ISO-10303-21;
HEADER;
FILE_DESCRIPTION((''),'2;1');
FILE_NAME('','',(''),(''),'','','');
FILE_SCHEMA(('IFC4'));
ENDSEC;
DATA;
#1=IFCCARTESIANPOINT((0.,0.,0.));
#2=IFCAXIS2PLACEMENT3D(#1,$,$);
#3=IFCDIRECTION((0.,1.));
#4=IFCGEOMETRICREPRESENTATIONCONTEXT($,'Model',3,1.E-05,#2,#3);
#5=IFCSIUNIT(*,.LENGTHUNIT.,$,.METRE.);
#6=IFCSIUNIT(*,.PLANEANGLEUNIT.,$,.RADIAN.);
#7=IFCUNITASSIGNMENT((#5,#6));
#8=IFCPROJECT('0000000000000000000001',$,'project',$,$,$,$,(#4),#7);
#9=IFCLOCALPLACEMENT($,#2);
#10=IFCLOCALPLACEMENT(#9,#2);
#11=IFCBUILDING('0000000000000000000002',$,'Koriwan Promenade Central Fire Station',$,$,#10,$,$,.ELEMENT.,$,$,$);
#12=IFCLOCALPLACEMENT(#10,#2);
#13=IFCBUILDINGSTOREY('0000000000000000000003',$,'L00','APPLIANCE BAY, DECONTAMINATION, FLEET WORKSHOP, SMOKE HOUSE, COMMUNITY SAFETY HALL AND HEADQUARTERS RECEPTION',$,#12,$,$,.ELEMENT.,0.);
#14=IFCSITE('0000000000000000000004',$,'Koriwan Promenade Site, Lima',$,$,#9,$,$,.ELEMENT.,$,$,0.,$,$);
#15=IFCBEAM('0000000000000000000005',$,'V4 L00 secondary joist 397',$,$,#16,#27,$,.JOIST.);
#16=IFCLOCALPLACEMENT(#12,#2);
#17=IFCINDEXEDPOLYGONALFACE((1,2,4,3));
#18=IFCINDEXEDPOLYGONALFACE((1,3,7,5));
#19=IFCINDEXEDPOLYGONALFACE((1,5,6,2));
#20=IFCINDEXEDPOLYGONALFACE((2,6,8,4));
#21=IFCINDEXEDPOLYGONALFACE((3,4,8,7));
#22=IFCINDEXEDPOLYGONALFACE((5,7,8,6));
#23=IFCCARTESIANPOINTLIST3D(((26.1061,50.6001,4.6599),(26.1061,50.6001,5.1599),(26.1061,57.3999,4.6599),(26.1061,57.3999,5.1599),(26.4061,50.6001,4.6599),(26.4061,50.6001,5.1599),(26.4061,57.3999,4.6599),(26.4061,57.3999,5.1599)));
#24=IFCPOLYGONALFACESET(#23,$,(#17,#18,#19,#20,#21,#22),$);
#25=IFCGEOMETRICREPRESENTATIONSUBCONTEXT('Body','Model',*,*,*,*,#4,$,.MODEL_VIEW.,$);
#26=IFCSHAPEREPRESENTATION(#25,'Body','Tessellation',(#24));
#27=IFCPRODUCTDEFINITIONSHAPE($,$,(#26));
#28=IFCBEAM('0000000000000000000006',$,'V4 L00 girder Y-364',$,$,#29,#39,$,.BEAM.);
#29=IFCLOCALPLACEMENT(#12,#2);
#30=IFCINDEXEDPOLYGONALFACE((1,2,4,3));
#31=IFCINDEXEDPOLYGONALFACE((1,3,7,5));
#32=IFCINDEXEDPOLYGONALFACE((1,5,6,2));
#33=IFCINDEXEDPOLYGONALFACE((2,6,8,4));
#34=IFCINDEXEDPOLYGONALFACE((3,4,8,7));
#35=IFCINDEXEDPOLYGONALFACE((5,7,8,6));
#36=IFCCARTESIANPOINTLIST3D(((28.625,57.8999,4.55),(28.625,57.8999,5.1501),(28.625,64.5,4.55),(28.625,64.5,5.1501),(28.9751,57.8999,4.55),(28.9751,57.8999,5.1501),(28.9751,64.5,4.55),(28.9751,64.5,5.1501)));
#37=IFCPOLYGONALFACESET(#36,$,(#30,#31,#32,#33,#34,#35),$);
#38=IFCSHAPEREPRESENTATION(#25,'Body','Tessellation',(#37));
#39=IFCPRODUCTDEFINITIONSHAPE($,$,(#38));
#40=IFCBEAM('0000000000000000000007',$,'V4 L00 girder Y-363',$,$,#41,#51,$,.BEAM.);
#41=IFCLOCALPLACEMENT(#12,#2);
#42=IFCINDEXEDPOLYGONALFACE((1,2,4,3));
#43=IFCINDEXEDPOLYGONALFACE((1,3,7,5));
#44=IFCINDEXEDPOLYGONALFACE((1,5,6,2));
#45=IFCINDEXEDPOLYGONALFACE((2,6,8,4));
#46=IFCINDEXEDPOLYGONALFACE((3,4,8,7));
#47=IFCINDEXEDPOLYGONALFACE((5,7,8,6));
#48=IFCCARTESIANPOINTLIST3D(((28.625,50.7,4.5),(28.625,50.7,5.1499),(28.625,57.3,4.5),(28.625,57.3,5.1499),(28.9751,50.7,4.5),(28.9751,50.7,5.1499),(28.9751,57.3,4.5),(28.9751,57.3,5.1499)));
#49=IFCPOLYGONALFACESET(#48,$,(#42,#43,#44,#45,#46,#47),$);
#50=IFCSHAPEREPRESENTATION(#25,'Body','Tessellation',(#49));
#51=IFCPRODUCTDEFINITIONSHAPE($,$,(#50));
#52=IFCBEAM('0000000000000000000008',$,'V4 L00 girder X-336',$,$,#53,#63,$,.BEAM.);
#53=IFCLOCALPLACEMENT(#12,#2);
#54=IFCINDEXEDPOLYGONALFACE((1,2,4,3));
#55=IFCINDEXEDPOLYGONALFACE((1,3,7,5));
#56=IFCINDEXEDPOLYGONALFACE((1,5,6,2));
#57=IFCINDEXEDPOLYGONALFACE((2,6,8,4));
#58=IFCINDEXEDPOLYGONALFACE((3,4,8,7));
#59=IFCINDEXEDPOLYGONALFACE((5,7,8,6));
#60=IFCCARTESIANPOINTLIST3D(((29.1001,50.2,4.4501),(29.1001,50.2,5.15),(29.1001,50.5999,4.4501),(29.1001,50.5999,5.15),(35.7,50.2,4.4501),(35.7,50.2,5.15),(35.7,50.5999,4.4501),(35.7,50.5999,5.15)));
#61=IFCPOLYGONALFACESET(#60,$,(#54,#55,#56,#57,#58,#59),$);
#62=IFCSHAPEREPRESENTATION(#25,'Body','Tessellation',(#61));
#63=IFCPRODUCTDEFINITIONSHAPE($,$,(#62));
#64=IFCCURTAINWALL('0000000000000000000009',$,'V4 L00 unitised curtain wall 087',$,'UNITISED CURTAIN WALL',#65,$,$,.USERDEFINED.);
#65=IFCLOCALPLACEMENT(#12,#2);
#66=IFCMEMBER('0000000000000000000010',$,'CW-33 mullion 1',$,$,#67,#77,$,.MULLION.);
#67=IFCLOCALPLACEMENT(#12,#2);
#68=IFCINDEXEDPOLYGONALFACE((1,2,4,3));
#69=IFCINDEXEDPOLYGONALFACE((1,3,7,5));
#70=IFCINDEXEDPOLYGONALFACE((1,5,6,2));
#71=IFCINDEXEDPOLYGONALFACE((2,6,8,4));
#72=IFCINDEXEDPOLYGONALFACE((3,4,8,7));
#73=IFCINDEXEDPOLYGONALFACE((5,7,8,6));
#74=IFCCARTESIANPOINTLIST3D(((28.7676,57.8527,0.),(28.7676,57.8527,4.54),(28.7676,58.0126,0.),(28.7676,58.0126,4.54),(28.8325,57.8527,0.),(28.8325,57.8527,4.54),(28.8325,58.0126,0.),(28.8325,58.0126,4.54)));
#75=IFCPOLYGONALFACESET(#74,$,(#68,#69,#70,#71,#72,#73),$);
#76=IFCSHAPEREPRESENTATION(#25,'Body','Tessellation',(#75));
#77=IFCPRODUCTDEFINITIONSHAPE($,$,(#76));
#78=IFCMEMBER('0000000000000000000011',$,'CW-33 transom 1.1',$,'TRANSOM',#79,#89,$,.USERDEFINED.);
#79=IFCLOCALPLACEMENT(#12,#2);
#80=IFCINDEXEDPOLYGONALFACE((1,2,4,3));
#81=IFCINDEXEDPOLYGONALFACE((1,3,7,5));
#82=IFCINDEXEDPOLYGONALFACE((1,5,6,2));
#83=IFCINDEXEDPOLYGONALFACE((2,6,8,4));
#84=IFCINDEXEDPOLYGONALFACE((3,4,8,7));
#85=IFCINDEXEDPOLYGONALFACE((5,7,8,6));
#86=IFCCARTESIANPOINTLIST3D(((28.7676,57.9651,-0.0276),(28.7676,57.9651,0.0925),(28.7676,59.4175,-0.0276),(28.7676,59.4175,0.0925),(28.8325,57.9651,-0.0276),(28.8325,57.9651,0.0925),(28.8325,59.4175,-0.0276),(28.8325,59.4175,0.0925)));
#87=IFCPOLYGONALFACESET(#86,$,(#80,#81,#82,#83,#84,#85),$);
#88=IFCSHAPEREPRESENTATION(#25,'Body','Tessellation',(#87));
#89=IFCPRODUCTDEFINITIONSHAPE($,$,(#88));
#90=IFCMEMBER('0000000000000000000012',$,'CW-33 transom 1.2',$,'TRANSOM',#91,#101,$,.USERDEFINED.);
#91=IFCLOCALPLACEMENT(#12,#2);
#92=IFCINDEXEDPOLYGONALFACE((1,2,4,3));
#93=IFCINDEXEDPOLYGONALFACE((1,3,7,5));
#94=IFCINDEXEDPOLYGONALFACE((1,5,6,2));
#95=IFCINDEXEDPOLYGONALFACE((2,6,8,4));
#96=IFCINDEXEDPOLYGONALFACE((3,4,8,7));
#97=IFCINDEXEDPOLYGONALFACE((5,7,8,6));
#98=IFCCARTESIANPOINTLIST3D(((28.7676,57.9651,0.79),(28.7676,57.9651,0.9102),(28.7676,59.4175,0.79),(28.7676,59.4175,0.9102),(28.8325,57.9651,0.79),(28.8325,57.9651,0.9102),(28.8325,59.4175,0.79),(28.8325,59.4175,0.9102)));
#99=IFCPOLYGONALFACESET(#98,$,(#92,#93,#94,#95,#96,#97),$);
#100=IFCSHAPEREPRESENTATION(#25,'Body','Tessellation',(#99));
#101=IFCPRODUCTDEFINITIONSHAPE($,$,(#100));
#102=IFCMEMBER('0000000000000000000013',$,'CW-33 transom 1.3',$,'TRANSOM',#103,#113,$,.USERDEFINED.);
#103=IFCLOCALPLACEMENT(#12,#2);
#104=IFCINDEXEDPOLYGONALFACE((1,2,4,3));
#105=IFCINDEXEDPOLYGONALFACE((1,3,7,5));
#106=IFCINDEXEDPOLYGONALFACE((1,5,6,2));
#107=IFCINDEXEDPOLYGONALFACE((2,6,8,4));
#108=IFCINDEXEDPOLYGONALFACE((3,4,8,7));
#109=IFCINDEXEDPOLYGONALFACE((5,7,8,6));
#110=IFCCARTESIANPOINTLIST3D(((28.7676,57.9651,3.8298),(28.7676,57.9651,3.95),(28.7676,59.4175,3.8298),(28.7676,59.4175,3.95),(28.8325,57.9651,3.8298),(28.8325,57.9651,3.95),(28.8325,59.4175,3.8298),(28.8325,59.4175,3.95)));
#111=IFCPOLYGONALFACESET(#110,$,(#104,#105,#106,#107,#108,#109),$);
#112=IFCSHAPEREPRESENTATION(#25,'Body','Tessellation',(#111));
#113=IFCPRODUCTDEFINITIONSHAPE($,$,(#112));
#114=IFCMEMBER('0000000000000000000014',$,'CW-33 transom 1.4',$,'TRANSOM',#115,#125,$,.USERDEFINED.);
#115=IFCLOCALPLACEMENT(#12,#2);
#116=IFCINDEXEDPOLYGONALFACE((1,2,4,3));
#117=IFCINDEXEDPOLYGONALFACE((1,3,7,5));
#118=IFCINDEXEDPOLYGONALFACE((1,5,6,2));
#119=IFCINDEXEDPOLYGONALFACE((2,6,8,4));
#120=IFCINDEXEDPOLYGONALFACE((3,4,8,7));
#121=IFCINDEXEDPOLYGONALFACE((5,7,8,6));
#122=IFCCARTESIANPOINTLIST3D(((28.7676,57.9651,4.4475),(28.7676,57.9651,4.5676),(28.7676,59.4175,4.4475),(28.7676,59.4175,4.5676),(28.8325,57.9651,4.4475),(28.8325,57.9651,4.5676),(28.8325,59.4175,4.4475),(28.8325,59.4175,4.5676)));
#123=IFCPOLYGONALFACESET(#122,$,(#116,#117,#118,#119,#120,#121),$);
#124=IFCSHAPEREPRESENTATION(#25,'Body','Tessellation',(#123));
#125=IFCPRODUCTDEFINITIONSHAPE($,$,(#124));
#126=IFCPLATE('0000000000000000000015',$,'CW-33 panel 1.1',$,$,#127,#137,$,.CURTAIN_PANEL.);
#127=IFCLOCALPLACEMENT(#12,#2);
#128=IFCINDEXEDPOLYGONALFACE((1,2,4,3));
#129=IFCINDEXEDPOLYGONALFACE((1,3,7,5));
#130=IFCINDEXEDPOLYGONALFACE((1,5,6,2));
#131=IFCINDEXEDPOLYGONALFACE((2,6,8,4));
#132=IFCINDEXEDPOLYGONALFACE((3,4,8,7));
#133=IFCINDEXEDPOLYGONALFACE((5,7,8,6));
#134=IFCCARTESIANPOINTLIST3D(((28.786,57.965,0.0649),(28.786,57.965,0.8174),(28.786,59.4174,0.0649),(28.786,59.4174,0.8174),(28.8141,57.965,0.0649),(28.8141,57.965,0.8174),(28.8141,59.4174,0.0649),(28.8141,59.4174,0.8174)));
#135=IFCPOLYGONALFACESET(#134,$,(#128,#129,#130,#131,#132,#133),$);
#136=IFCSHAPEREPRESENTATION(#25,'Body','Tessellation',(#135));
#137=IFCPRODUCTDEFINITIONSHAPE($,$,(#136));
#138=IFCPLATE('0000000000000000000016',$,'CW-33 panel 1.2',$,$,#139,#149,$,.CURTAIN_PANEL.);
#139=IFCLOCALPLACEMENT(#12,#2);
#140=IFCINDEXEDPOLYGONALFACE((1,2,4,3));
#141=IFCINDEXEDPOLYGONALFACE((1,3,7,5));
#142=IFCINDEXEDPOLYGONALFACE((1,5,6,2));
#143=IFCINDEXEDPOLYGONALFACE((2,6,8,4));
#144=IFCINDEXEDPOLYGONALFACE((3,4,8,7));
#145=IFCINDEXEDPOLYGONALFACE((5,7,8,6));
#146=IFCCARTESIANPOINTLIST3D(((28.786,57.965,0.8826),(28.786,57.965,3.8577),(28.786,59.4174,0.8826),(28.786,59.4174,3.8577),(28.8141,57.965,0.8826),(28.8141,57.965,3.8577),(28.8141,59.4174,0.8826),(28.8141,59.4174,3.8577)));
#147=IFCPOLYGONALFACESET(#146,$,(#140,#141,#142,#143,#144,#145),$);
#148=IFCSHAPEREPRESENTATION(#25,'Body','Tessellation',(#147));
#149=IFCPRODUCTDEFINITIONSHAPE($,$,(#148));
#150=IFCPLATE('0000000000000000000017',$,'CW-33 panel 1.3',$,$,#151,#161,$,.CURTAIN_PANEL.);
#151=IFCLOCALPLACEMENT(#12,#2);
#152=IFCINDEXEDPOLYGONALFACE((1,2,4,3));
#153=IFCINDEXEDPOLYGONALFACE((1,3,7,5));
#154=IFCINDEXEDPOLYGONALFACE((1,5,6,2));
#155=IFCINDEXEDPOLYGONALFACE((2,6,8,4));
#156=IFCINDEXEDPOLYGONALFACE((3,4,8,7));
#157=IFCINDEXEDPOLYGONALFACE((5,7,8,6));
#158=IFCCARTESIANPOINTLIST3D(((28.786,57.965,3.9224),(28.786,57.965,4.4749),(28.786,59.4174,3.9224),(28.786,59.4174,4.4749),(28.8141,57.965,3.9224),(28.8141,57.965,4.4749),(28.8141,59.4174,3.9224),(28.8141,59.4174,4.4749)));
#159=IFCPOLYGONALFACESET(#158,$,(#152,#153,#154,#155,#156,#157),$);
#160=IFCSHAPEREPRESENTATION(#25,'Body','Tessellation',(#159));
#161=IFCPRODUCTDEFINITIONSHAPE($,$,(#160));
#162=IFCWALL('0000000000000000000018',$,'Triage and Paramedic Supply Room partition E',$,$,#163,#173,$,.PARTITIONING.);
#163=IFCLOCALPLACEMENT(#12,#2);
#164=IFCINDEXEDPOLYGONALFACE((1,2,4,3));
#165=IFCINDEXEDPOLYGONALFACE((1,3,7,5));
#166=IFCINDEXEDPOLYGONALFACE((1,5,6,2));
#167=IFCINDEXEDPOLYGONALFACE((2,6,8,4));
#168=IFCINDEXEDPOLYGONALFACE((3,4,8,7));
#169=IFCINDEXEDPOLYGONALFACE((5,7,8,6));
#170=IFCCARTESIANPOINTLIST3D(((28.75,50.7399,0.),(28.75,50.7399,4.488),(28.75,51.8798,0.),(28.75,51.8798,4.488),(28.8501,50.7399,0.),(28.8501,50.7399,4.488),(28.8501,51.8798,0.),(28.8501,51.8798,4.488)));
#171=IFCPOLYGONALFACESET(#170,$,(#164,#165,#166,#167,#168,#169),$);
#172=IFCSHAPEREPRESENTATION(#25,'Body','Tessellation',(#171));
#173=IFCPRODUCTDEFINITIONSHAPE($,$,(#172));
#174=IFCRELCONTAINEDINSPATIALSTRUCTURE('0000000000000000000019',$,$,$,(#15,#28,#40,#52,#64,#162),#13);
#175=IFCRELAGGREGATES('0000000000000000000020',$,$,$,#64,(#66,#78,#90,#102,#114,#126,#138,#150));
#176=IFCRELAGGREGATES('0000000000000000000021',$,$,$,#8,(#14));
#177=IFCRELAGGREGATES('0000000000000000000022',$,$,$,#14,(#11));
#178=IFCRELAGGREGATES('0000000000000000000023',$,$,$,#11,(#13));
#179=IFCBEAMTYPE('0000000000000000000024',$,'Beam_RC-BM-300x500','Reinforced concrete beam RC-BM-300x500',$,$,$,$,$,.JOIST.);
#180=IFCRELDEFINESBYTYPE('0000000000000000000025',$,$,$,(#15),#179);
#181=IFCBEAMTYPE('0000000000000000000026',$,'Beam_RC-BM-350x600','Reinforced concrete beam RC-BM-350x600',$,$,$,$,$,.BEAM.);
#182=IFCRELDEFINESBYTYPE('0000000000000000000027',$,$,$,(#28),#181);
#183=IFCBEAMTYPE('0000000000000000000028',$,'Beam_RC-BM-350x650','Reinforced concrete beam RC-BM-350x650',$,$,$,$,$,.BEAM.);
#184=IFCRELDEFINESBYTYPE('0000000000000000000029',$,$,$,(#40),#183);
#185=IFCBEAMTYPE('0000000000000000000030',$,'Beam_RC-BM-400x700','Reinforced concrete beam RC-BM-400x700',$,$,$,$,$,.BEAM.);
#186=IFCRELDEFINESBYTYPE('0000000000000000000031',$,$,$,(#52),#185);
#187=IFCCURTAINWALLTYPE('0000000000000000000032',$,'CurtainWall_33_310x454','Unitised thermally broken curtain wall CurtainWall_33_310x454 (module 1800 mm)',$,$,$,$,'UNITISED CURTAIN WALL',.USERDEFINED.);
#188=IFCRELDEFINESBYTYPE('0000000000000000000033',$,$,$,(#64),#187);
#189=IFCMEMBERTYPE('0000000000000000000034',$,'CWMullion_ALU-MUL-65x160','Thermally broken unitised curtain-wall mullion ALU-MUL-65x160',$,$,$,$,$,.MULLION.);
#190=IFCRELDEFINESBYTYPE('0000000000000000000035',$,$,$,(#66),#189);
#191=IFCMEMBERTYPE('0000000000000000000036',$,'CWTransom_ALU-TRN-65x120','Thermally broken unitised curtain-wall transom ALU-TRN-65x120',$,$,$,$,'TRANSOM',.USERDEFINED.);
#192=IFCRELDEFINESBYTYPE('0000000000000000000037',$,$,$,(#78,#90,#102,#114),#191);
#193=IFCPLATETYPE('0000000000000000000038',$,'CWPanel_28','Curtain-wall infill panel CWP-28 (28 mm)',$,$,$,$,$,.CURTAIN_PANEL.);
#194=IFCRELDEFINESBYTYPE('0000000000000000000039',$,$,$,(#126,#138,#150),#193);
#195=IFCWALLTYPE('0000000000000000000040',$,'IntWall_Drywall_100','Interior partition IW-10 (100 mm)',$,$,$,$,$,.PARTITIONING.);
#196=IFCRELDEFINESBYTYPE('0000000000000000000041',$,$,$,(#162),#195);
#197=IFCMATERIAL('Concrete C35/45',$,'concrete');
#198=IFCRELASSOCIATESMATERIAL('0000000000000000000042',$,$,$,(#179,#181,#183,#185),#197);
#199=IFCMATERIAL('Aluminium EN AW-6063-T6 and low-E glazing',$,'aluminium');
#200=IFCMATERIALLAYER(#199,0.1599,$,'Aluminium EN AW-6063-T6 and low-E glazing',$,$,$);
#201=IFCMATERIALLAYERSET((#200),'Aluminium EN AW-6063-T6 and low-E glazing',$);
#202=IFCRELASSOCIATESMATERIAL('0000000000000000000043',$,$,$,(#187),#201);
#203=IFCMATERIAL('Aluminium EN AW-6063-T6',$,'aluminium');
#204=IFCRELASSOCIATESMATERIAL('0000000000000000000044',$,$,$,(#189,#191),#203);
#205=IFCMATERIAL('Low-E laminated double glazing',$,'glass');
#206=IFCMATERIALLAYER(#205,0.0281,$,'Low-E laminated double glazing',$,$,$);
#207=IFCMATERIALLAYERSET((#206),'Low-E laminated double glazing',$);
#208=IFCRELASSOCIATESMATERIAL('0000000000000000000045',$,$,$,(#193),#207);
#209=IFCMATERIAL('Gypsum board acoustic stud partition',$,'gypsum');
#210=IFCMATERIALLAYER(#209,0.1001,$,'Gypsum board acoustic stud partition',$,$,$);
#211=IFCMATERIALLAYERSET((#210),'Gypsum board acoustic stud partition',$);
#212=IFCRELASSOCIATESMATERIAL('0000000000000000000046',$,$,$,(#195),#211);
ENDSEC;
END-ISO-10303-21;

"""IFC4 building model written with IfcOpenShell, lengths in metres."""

from ifc_helpers import new_model, si_unit, direction, frame, frame_2d, origin, origin_2d, place, context, subcontext, project, spatial, rectangle, extrude, material, layer, layer_set, material_profile, profile_set, type_object, element, aggregate, save


model = new_model("IFC4")

# Units and contexts
model_context = context("Model", 3, precision=1e-05, world=origin(), true_north=direction((0.0, 1.0)))
body_context = subcontext(model_context, "Body", "Model", "MODEL_VIEW")
ifc_project = project(units=[si_unit("LENGTHUNIT", "METRE"), si_unit("PLANEANGLEUNIT", "RADIAN")], contexts=[model_context])

# Site, building, storey
site_placement = place(None, origin())
site = spatial("IfcSite", under=ifc_project, at=site_placement, Name="Koriwan Promenade Site, Lima", CompositionType="ELEMENT", RefElevation=0.0)
building_placement = place(site_placement, origin())
building = spatial("IfcBuilding", under=site, at=building_placement, Name="Koriwan Promenade Central Fire Station", CompositionType="ELEMENT")
storey_placement = place(building_placement, origin())
storey = spatial("IfcBuildingStorey", under=building, at=storey_placement, Name="L00", Description="APPLIANCE BAY, DECONTAMINATION, FLEET WORKSHOP, SMOKE HOUSE, COMMUNITY SAFETY HALL AND HEADQUARTERS RECEPTION", CompositionType="ELEMENT", Elevation=0.0)

# Shared definitions
ifc_material_1 = material(Name="Concrete C35/45", Category="concrete")

# Beams
ifc_material_profile_1 = material_profile(ifc_material_1, rectangle(XDim=0.3, YDim=0.5, at=origin_2d()), Name="RC-BM-300x500")
ifc_profile_set_1 = profile_set([ifc_material_profile_1], Name="Concrete C35/45")
beam_type_1 = type_object("IfcBeamType", Name="Beam_RC-BM-300x500", Description="Reinforced concrete beam RC-BM-300x500", PredefinedType="JOIST", material=ifc_profile_set_1)
beam_1_placement = place(storey_placement, frame((26.2561, 50.6001, 4.9099), z_axis=(0.0, 1.0, 0.0), x_axis=(-1.0, 0.0, 0.0)))
element("IfcBeam", 1, at=beam_1_placement, inside=storey, type_object=beam_type_1, Name="V4 L00 secondary joist 397", PredefinedType="JOIST", context=body_context, shape_type="SweptSolid", body=[
    extrude(rectangle(XDim=0.3, YDim=0.5, at=origin_2d()), origin(), (0.0, 0.0, 1.0), 6.7998),
])
ifc_material_profile_2 = material_profile(ifc_material_1, rectangle(XDim=0.3501, YDim=0.6001, at=origin_2d()), Name="RC-BM-350x600")
ifc_profile_set_2 = profile_set([ifc_material_profile_2], Name="Concrete C35/45")
beam_type_2 = type_object("IfcBeamType", Name="Beam_RC-BM-350x600", Description="Reinforced concrete beam RC-BM-350x600", PredefinedType="BEAM", material=ifc_profile_set_2)
beam_2_placement = place(storey_placement, frame((28.8, 57.8999, 4.8501), z_axis=(0.0, 1.0, 0.0), x_axis=(-1.0, 0.0, 0.0)))
element("IfcBeam", 2, at=beam_2_placement, inside=storey, type_object=beam_type_2, Name="V4 L00 girder Y-364", PredefinedType="BEAM", context=body_context, shape_type="SweptSolid", body=[
    extrude(rectangle(XDim=0.3501, YDim=0.6001, at=origin_2d()), origin(), (0.0, 0.0, 1.0), 6.6001),
])
ifc_material_profile_3 = material_profile(ifc_material_1, rectangle(XDim=0.3501, YDim=0.6499, at=origin_2d()), Name="RC-BM-350x650")
ifc_profile_set_3 = profile_set([ifc_material_profile_3], Name="Concrete C35/45")
beam_type_3 = type_object("IfcBeamType", Name="Beam_RC-BM-350x650", Description="Reinforced concrete beam RC-BM-350x650", PredefinedType="BEAM", material=ifc_profile_set_3)
beam_3_placement = place(storey_placement, frame((28.8, 50.7, 4.825), z_axis=(0.0, 1.0, 0.0), x_axis=(-1.0, 0.0, 0.0)))
element("IfcBeam", 3, at=beam_3_placement, inside=storey, type_object=beam_type_3, Name="V4 L00 girder Y-363", PredefinedType="BEAM", context=body_context, shape_type="SweptSolid", body=[
    extrude(rectangle(XDim=0.3501, YDim=0.6499, at=origin_2d()), origin(), (0.0, 0.0, 1.0), 6.6001),
])
ifc_material_profile_4 = material_profile(ifc_material_1, rectangle(XDim=0.3999, YDim=0.7, at=origin_2d()), Name="RC-BM-400x700")
ifc_profile_set_4 = profile_set([ifc_material_profile_4], Name="Concrete C35/45")
beam_type_4 = type_object("IfcBeamType", Name="Beam_RC-BM-400x700", Description="Reinforced concrete beam RC-BM-400x700", PredefinedType="BEAM", material=ifc_profile_set_4)
beam_4_placement = place(storey_placement, frame((29.1001, 50.3999, 4.8), z_axis=(1.0, 0.0, 0.0), x_axis=(0.0, 1.0, 0.0)))
element("IfcBeam", 4, at=beam_4_placement, inside=storey, type_object=beam_type_4, Name="V4 L00 girder X-336", PredefinedType="BEAM", context=body_context, shape_type="SweptSolid", body=[
    extrude(rectangle(XDim=0.3999, YDim=0.7, at=origin_2d()), origin(), (0.0, 0.0, 1.0), 6.5999),
])

# Curtain wall, members, plates
ifc_material_2 = material(Name="Aluminium EN AW-6063-T6 and low-E glazing", Category="aluminium")
ifc_layer_1 = layer(ifc_material_2, 0.1599, Name="Aluminium EN AW-6063-T6 and low-E glazing")
ifc_layer_set_1 = layer_set([ifc_layer_1], Name="Aluminium EN AW-6063-T6 and low-E glazing")
curtain_wall_type = type_object("IfcCurtainWallType", Name="CurtainWall_33_310x454", Description="Unitised thermally broken curtain wall CurtainWall_33_310x454 (module 1800 mm)", ElementType="UNITISED CURTAIN WALL", PredefinedType="USERDEFINED", material=ifc_layer_set_1)
curtain_wall_placement = place(storey_placement, origin())
curtain_wall = element("IfcCurtainWall", 5, at=curtain_wall_placement, inside=storey, type_object=curtain_wall_type, Name="V4 L00 unitised curtain wall 087", ObjectType="UNITISED CURTAIN WALL", PredefinedType="USERDEFINED")
ifc_material_3 = material(Name="Aluminium EN AW-6063-T6", Category="aluminium")
ifc_material_profile_5 = material_profile(ifc_material_3, rectangle(XDim=0.0649, YDim=0.1599, at=origin_2d()), Name="ALU-MUL-65x160")
ifc_profile_set_5 = profile_set([ifc_material_profile_5], Name="Aluminium EN AW-6063-T6")
member_type_1 = type_object("IfcMemberType", Name="CWMullion_ALU-MUL-65x160", Description="Thermally broken unitised curtain-wall mullion ALU-MUL-65x160", PredefinedType="MULLION", material=ifc_profile_set_5)
member_1_placement = place(storey_placement, frame((28.8, 57.9326, 0.0), z_axis=(0.0, 0.0, 1.0), x_axis=(-1.0, 0.0, 0.0)))
member_1 = element("IfcMember", 6, at=member_1_placement, type_object=member_type_1, Name="CW-33 mullion 1", PredefinedType="MULLION", context=body_context, shape_type="SweptSolid", body=[
    extrude(rectangle(XDim=0.0649, YDim=0.1599, at=origin_2d()), origin(), (0.0, 0.0, 1.0), 4.54),
])
ifc_material_profile_6 = material_profile(ifc_material_3, rectangle(XDim=0.0649, YDim=0.1201, at=origin_2d()), Name="ALU-TRN-65x120")
ifc_profile_set_6 = profile_set([ifc_material_profile_6], Name="Aluminium EN AW-6063-T6")
member_type_2 = type_object("IfcMemberType", Name="CWTransom_ALU-TRN-65x120", Description="Thermally broken unitised curtain-wall transom ALU-TRN-65x120", ElementType="TRANSOM", PredefinedType="USERDEFINED", material=ifc_profile_set_6)
member_2_placement = place(storey_placement, frame((28.8, 57.9651, 0.0325), z_axis=(0.0, 1.0, 0.0), x_axis=(-1.0, 0.0, 0.0)))
member_2 = element("IfcMember", 7, at=member_2_placement, type_object=member_type_2, Name="CW-33 transom 1.1", ObjectType="TRANSOM", PredefinedType="USERDEFINED", context=body_context, shape_type="SweptSolid", body=[
    extrude(rectangle(XDim=0.0649, YDim=0.1201, at=origin_2d()), origin(), (0.0, 0.0, 1.0), 1.4524),
])
member_3_placement = place(storey_placement, frame((28.8, 57.9651, 0.8501), z_axis=(0.0, 1.0, 0.0), x_axis=(-1.0, 0.0, 0.0)))
member_3 = element("IfcMember", 8, at=member_3_placement, type_object=member_type_2, Name="CW-33 transom 1.2", ObjectType="TRANSOM", PredefinedType="USERDEFINED", context=body_context, shape_type="SweptSolid", body=[
    extrude(rectangle(XDim=0.0649, YDim=0.1201, at=origin_2d()), origin(), (0.0, 0.0, 1.0), 1.4524),
])
member_4_placement = place(storey_placement, frame((28.8, 57.9651, 3.8899), z_axis=(0.0, 1.0, 0.0), x_axis=(-1.0, 0.0, 0.0)))
member_4 = element("IfcMember", 9, at=member_4_placement, type_object=member_type_2, Name="CW-33 transom 1.3", ObjectType="TRANSOM", PredefinedType="USERDEFINED", context=body_context, shape_type="SweptSolid", body=[
    extrude(rectangle(XDim=0.0649, YDim=0.1201, at=origin_2d()), origin(), (0.0, 0.0, 1.0), 1.4524),
])
member_5_placement = place(storey_placement, frame((28.8, 57.9651, 4.5076), z_axis=(0.0, 1.0, 0.0), x_axis=(-1.0, 0.0, 0.0)))
member_5 = element("IfcMember", 10, at=member_5_placement, type_object=member_type_2, Name="CW-33 transom 1.4", ObjectType="TRANSOM", PredefinedType="USERDEFINED", context=body_context, shape_type="SweptSolid", body=[
    extrude(rectangle(XDim=0.0649, YDim=0.1201, at=origin_2d()), origin(), (0.0, 0.0, 1.0), 1.4524),
])
ifc_material_4 = material(Name="Low-E laminated double glazing", Category="glass")
ifc_layer_2 = layer(ifc_material_4, 0.0281, Name="Low-E laminated double glazing")
ifc_layer_set_2 = layer_set([ifc_layer_2], Name="Low-E laminated double glazing")
plate_type = type_object("IfcPlateType", Name="CWPanel_28", Description="Curtain-wall infill panel CWP-28 (28 mm)", PredefinedType="CURTAIN_PANEL", material=ifc_layer_set_2)
plate_1_placement = place(storey_placement, frame((28.8, 58.6912, 0.0649), z_axis=(0.0, 0.0, 1.0), x_axis=(0.0, 1.0, 0.0)))
plate_1 = element("IfcPlate", 11, at=plate_1_placement, type_object=plate_type, Name="CW-33 panel 1.1", PredefinedType="CURTAIN_PANEL", context=body_context, shape_type="SweptSolid", body=[
    extrude(rectangle(XDim=1.4524, YDim=0.0281, at=origin_2d()), origin(), (0.0, 0.0, 1.0), 0.7524),
])
plate_2_placement = place(storey_placement, frame((28.8, 58.6912, 0.8826), z_axis=(0.0, 0.0, 1.0), x_axis=(0.0, 1.0, 0.0)))
plate_2 = element("IfcPlate", 12, at=plate_2_placement, type_object=plate_type, Name="CW-33 panel 1.2", PredefinedType="CURTAIN_PANEL", context=body_context, shape_type="SweptSolid", body=[
    extrude(rectangle(XDim=1.4524, YDim=0.0281, at=origin_2d()), origin(), (0.0, 0.0, 1.0), 2.9751),
])
plate_3_placement = place(storey_placement, frame((28.8, 58.6912, 3.9224), z_axis=(0.0, 0.0, 1.0), x_axis=(0.0, 1.0, 0.0)))
plate_3 = element("IfcPlate", 13, at=plate_3_placement, type_object=plate_type, Name="CW-33 panel 1.3", PredefinedType="CURTAIN_PANEL", context=body_context, shape_type="SweptSolid", body=[
    extrude(rectangle(XDim=1.4524, YDim=0.0281, at=origin_2d()), origin(), (0.0, 0.0, 1.0), 0.5525),
])
aggregate(curtain_wall, [member_1, member_2, member_3, member_4, member_5, plate_1, plate_2, plate_3])

# Wall
ifc_material_5 = material(Name="Gypsum board acoustic stud partition", Category="gypsum")
ifc_layer_3 = layer(ifc_material_5, 0.1001, Name="Gypsum board acoustic stud partition")
ifc_layer_set_3 = layer_set([ifc_layer_3], Name="Gypsum board acoustic stud partition")
wall_type_1 = type_object("IfcWallType", Name="IntWall_Drywall_100", Description="Interior partition IW-10 (100 mm)", PredefinedType="PARTITIONING", material=ifc_layer_set_3)
wall_1_placement = place(storey_placement, frame((28.8, 50.74, 0.0), z_axis=(0.0, 0.0, 1.0), x_axis=(0.0, 1.0, 0.0)))
element("IfcWall", 14, at=wall_1_placement, inside=storey, type_object=wall_type_1, Name="Triage and Paramedic Supply Room partition E", PredefinedType="PARTITIONING", context=body_context, shape_type="SweptSolid", body=[
    extrude(rectangle(XDim=1.1399, YDim=0.1001, at=frame_2d((0.5698, 0.0))), origin(), (0.0, 0.0, 1.0), 4.488),
])

save(model, "model.ifc")
